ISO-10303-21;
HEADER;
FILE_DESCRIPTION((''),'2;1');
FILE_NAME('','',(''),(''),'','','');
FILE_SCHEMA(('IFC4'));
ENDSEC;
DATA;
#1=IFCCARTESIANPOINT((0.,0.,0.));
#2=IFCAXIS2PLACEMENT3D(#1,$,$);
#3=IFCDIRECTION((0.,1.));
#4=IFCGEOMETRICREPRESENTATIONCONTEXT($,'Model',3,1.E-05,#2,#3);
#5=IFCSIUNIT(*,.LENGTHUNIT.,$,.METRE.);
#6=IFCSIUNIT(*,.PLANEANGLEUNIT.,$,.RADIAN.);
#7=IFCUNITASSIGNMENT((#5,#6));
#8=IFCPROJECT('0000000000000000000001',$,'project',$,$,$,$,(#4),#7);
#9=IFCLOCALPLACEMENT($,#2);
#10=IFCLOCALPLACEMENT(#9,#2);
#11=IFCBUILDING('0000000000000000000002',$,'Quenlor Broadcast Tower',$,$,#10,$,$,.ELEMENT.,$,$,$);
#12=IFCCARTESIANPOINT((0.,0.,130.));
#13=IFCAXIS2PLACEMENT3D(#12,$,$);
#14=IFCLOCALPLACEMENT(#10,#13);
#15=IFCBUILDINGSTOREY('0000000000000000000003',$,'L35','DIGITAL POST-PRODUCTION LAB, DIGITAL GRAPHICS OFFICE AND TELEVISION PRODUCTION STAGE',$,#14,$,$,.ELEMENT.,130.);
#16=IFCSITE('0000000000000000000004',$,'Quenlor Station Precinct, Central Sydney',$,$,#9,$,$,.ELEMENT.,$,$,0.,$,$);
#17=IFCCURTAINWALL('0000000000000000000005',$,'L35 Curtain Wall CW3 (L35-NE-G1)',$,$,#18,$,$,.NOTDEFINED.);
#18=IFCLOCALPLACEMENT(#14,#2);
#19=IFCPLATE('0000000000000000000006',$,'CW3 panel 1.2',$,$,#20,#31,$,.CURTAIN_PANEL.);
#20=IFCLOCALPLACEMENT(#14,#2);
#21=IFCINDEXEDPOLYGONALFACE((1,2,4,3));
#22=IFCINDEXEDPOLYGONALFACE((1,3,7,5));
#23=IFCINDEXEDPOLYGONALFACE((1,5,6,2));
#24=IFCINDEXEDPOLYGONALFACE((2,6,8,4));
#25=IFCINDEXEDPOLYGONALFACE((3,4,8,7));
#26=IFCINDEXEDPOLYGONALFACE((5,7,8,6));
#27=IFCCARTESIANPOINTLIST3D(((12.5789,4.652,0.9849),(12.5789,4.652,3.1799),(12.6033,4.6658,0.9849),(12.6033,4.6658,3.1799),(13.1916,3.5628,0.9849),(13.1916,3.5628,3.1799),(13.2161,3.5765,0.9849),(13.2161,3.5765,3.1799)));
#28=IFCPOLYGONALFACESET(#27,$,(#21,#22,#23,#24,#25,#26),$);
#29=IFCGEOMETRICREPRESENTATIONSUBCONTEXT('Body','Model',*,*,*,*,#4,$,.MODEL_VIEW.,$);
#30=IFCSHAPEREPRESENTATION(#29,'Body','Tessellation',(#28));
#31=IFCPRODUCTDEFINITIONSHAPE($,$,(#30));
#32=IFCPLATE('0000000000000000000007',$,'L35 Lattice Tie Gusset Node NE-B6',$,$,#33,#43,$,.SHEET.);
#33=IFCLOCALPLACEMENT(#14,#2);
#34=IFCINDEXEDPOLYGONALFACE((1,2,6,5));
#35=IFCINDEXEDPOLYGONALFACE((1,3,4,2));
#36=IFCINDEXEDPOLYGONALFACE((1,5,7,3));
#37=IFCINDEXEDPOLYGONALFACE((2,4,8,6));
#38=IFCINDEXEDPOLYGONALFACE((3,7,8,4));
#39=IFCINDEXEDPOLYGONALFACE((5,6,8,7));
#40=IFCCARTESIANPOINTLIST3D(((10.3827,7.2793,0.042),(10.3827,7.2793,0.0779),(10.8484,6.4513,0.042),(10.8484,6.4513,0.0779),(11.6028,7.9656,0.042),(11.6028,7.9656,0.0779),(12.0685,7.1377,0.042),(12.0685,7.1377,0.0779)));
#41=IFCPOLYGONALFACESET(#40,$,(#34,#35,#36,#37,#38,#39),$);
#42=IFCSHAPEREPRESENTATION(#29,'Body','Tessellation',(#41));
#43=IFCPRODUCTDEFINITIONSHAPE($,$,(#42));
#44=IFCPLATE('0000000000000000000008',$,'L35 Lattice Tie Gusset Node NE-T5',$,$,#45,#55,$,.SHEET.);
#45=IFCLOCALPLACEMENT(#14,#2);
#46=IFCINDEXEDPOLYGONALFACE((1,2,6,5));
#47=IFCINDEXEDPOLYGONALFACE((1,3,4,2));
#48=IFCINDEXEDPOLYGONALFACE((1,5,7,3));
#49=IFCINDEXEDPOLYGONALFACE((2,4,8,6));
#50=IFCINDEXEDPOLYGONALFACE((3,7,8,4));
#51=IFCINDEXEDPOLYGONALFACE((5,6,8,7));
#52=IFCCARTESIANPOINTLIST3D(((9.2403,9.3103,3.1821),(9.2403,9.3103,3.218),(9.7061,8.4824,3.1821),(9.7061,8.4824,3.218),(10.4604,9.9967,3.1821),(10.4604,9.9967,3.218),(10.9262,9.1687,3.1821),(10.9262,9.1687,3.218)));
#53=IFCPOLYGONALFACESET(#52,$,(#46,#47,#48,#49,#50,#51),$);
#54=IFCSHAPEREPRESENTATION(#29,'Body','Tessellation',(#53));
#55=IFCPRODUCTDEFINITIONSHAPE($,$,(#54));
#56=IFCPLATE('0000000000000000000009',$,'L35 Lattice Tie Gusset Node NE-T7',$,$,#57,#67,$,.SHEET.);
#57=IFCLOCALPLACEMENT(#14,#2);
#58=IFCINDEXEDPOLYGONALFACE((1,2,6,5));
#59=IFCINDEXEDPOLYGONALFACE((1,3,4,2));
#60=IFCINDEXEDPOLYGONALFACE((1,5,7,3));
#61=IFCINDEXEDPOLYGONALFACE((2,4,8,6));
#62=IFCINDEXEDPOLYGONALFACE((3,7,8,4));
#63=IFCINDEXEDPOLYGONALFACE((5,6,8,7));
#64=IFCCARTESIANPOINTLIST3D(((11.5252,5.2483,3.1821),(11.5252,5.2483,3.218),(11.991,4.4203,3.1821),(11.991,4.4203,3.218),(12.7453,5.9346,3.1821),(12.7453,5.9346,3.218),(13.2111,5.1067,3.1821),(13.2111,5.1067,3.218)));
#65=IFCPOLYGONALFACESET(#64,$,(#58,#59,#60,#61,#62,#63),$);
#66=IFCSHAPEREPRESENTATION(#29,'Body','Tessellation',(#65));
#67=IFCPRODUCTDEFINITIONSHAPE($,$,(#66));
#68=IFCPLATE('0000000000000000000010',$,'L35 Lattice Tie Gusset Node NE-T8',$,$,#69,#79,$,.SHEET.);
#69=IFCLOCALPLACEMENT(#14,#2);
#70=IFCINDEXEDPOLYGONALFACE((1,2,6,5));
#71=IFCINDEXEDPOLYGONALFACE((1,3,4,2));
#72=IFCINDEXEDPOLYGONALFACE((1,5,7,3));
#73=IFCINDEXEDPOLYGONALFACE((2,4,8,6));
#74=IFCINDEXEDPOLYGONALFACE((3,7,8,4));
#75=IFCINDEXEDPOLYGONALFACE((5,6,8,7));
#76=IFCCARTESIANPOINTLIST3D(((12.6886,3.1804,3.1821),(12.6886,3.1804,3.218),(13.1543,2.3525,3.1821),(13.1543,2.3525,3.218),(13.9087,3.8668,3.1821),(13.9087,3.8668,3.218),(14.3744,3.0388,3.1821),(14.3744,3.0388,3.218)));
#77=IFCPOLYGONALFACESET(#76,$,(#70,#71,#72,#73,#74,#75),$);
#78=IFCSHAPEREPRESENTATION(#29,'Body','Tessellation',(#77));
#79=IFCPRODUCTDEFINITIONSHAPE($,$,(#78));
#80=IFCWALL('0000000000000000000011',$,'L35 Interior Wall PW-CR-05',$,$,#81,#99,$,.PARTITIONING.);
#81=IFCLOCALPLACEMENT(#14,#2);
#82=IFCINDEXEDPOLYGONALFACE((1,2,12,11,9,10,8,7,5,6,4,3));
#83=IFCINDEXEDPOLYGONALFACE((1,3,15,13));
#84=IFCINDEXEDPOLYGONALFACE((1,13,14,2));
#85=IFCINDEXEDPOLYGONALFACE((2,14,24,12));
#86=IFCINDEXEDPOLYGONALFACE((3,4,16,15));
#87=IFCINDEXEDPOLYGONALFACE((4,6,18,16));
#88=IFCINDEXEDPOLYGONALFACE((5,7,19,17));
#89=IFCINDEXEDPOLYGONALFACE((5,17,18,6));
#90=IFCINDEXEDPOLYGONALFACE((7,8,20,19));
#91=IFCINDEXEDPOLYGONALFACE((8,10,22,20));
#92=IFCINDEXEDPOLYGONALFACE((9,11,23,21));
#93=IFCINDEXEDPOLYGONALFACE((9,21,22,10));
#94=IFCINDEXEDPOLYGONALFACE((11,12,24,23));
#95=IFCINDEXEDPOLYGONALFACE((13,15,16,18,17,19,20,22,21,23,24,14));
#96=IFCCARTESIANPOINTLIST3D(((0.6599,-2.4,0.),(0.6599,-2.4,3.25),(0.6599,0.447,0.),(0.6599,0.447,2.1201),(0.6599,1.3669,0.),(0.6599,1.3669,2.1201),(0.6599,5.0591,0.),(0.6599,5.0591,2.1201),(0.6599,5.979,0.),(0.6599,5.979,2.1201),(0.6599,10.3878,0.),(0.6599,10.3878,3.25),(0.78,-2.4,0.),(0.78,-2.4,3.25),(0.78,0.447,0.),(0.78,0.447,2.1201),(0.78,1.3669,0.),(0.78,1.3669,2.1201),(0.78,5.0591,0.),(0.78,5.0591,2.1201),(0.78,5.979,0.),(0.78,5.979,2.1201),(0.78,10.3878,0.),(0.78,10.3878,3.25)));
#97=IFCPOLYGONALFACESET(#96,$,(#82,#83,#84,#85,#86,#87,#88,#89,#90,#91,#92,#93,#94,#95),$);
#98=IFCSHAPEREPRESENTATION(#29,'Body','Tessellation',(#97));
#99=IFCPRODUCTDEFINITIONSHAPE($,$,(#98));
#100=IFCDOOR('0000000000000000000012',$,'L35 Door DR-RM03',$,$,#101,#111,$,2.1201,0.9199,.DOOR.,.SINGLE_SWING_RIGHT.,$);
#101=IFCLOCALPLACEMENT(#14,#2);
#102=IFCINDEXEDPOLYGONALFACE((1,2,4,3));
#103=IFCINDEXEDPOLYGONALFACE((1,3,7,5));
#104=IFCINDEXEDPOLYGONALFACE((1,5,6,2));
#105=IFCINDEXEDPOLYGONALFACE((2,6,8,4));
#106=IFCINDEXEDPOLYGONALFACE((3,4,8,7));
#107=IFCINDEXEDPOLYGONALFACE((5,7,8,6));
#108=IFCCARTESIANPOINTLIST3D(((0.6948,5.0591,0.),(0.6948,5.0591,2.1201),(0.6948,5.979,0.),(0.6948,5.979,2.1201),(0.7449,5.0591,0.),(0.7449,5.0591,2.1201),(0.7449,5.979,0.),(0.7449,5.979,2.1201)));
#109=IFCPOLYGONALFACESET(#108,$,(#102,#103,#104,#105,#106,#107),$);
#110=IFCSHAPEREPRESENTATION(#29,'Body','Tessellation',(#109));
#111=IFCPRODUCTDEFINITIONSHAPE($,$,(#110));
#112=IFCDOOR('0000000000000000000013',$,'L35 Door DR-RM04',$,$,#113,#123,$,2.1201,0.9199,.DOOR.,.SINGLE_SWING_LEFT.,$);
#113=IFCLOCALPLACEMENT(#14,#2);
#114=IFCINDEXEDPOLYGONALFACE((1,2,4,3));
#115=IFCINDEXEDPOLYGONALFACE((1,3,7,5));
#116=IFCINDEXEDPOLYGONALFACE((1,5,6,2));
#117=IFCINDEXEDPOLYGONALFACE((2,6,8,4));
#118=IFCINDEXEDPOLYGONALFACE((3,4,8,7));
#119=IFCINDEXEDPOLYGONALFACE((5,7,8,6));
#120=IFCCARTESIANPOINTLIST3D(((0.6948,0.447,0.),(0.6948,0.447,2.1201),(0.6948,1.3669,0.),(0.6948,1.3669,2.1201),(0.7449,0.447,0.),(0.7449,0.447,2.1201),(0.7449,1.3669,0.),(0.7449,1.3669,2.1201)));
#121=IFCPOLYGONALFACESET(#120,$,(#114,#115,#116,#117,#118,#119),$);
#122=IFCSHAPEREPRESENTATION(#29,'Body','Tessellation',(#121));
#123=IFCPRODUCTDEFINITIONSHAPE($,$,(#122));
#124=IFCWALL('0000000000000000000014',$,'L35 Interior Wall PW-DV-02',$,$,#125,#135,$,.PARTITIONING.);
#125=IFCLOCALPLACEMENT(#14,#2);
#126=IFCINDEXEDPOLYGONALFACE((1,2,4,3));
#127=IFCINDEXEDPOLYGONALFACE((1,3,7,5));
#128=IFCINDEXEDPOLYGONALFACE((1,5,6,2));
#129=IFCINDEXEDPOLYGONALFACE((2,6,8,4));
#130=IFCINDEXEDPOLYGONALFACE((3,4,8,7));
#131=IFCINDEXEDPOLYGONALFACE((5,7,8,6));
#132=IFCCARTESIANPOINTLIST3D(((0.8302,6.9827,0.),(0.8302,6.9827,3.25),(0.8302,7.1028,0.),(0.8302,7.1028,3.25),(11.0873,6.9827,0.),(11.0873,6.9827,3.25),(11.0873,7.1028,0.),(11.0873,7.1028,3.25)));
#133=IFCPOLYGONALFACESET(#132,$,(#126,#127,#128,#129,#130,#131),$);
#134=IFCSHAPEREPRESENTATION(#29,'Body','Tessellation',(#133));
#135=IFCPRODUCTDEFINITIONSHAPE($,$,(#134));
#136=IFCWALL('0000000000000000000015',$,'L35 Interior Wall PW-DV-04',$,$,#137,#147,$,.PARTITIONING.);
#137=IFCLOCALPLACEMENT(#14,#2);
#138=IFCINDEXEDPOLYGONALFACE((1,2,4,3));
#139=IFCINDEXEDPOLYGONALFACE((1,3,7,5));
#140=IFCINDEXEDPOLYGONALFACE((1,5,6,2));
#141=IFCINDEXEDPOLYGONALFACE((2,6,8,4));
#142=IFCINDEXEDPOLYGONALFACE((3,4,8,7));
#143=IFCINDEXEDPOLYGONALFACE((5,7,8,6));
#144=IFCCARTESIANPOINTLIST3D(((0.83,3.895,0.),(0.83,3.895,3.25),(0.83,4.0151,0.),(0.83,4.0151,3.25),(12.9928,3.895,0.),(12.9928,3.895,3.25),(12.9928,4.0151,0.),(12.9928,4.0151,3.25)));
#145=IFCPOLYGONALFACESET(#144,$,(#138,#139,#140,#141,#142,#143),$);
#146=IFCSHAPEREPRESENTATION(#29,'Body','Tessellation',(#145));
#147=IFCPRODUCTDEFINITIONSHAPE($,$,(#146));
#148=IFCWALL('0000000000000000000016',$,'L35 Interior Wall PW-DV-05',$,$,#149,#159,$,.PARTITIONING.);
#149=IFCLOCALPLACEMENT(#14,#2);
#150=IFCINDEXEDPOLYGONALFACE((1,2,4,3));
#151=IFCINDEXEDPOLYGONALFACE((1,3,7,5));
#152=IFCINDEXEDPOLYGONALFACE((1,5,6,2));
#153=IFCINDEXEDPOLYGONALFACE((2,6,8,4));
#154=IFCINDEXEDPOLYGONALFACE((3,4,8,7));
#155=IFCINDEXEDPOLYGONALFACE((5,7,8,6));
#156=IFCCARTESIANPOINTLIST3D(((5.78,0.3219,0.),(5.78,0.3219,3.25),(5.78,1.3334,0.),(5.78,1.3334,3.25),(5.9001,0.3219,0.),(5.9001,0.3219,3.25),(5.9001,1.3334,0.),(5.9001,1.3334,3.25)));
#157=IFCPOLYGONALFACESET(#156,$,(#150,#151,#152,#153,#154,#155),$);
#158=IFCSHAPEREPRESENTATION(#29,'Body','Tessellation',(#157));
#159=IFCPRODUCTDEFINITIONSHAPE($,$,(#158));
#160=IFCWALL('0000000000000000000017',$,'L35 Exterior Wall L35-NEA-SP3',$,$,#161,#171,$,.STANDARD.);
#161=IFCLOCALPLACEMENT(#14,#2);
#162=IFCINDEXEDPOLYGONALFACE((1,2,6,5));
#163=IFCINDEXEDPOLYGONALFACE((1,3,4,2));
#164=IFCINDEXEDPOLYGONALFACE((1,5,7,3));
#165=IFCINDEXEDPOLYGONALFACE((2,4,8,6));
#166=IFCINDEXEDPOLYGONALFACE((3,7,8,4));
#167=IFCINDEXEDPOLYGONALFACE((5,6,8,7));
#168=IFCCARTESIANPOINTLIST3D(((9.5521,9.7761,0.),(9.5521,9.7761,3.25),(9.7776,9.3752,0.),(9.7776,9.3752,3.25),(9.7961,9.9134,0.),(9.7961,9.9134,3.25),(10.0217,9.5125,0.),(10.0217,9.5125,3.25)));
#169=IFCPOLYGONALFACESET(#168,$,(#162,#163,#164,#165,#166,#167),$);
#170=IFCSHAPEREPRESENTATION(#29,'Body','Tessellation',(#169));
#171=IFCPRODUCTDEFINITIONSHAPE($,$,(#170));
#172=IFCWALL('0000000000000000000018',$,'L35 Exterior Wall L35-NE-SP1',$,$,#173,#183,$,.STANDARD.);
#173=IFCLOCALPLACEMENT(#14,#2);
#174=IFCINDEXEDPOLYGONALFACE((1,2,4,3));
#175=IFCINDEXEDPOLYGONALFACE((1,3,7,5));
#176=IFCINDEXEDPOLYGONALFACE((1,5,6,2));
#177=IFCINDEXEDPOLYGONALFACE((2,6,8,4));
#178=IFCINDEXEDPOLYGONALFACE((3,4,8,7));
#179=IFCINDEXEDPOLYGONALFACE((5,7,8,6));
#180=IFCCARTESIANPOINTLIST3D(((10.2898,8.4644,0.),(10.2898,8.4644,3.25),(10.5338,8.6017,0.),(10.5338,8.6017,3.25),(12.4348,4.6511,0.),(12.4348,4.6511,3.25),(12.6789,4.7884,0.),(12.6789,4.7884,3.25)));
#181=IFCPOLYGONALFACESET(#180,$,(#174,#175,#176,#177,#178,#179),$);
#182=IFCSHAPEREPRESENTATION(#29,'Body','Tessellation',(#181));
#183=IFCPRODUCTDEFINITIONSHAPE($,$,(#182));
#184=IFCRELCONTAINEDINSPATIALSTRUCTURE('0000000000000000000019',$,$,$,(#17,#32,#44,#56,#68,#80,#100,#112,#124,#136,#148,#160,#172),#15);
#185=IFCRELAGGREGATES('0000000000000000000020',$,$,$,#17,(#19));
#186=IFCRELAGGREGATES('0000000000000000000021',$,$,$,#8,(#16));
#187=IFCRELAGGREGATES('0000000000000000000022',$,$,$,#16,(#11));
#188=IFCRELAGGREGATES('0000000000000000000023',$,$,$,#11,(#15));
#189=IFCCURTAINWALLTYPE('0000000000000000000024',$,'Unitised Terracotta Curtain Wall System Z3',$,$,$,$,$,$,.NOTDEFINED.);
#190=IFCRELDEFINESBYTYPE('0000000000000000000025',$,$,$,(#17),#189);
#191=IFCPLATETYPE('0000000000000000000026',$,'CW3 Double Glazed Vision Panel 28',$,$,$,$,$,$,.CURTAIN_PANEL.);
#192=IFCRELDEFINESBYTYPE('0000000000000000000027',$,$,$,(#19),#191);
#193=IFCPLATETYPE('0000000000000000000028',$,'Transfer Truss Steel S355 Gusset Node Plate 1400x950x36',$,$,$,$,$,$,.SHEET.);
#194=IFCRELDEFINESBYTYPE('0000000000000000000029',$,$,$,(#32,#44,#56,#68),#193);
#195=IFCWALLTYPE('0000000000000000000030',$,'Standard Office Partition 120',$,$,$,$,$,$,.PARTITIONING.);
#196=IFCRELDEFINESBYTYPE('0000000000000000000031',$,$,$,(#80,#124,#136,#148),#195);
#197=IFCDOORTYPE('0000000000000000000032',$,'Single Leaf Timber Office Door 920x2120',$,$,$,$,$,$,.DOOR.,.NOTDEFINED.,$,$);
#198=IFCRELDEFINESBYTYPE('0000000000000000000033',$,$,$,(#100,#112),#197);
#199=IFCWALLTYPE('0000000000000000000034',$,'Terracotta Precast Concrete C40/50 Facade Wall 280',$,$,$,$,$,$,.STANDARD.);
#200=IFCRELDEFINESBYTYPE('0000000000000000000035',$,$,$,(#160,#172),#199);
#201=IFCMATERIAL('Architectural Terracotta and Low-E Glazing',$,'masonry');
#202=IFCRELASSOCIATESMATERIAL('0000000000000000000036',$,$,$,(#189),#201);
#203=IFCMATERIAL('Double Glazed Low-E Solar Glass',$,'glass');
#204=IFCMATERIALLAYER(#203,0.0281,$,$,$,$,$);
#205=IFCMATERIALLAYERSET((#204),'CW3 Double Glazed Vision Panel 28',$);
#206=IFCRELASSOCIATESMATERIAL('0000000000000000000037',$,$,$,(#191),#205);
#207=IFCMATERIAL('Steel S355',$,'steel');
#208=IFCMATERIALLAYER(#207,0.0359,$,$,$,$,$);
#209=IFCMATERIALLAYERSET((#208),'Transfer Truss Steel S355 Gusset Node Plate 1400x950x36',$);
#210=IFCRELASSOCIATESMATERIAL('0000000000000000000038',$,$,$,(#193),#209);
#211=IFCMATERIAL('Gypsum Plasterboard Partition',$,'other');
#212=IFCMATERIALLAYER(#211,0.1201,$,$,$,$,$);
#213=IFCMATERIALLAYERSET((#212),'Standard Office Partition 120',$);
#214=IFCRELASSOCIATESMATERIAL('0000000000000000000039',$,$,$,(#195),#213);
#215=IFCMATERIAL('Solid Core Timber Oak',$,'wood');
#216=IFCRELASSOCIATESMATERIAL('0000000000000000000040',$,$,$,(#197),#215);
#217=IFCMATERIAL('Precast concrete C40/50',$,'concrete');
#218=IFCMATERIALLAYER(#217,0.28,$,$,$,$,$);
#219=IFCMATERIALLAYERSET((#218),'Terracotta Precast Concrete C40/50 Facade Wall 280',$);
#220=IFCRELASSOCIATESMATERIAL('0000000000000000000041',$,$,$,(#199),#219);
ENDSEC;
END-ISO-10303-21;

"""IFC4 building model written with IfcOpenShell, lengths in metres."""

from ifc_helpers import new_model, si_unit, direction, frame, frame_2d, origin, origin_2d, place, context, subcontext, project, spatial, rectangle, extrude, material, layer, layer_set, type_object, element, fill, aggregate, save


model = new_model("IFC4")

# Units and contexts
model_context = context("Model", 3, precision=1e-05, world=origin(), true_north=direction((0.0, 1.0)))
body_context = subcontext(model_context, "Body", "Model", "MODEL_VIEW")
ifc_project = project(units=[si_unit("LENGTHUNIT", "METRE"), si_unit("PLANEANGLEUNIT", "RADIAN")], contexts=[model_context])

# Site, building, storey
site_placement = place(None, origin())
site = spatial("IfcSite", under=ifc_project, at=site_placement, Name="Quenlor Station Precinct, Central Sydney", CompositionType="ELEMENT", RefElevation=0.0)
building_placement = place(site_placement, origin())
building = spatial("IfcBuilding", under=site, at=building_placement, Name="Quenlor Broadcast Tower", CompositionType="ELEMENT")
storey_placement = place(building_placement, frame((0.0, 0.0, 130.0)))
storey = spatial("IfcBuildingStorey", under=building, at=storey_placement, Name="L35", Description="DIGITAL POST-PRODUCTION LAB, DIGITAL GRAPHICS OFFICE AND TELEVISION PRODUCTION STAGE", CompositionType="ELEMENT", Elevation=130.0)

# Shared definitions
ifc_material_1 = material(Name="Architectural Terracotta and Low-E Glazing", Category="masonry")
curtain_wall_type = type_object("IfcCurtainWallType", Name="Unitised Terracotta Curtain Wall System Z3", PredefinedType="NOTDEFINED", material=ifc_material_1)

# Curtain wall
curtain_wall_1_placement = place(storey_placement, origin())
curtain_wall_1 = element("IfcCurtainWall", 1, at=curtain_wall_1_placement, inside=storey, type_object=curtain_wall_type, Name="L35 Curtain Wall CW3 (L35-NE-G1)", PredefinedType="NOTDEFINED")

# Plate
ifc_material_2 = material(Name="Double Glazed Low-E Solar Glass", Category="glass")
ifc_layer_1 = layer(ifc_material_2, 0.0281)
ifc_layer_set_1 = layer_set([ifc_layer_1], Name="CW3 Double Glazed Vision Panel 28")
plate_type_1 = type_object("IfcPlateType", Name="CW3 Double Glazed Vision Panel 28", PredefinedType="CURTAIN_PANEL", material=ifc_layer_set_1)
plate_1_placement = place(storey_placement, frame((12.8975, 4.1143, 0.9849), z_axis=(0.0, 0.0, 1.0), x_axis=(0.490285, -0.871562, 0.0)))
plate_1 = element("IfcPlate", 2, at=plate_1_placement, type_object=plate_type_1, Name="CW3 panel 1.2", PredefinedType="CURTAIN_PANEL", context=body_context, shape_type="SweptSolid", body=[
    extrude(rectangle(XDim=1.2498, YDim=0.0281, at=origin_2d()), origin(), (0.0, 0.0, 1.0), 2.1951),
])
aggregate(curtain_wall_1, [plate_1])

# Plates
ifc_material_3 = material(Name="Steel S355", Category="steel")
ifc_layer_2 = layer(ifc_material_3, 0.0359)
ifc_layer_set_2 = layer_set([ifc_layer_2], Name="Transfer Truss Steel S355 Gusset Node Plate 1400x950x36")
plate_type_2 = type_object("IfcPlateType", Name="Transfer Truss Steel S355 Gusset Node Plate 1400x950x36", PredefinedType="SHEET", material=ifc_layer_set_2)
for number, where, z_axis, x_axis, name in (
    (3, (11.2256, 7.2085, 0.042), (0.0, 0.0, 1.0), (0.871556, 0.490295, 0.0), "L35 Lattice Tie Gusset Node NE-B6"),
    (4, (10.0833, 9.2395, 3.1821), (0.0, 0.0, 1.0), (0.871556, 0.490295, 0.0), "L35 Lattice Tie Gusset Node NE-T5"),
    (5, (12.3682, 5.1775, 3.1821), (0.0, 0.0, 1.0), (0.871556, 0.490295, 0.0), "L35 Lattice Tie Gusset Node NE-T7"),
    (6, (13.5315, 3.1096, 3.1821), (0.0, 0.0, 1.0), (0.871556, 0.490295, 0.0), "L35 Lattice Tie Gusset Node NE-T8"),
):
    element("IfcPlate", number, at=place(storey_placement, frame(where, z_axis=z_axis, x_axis=x_axis)), inside=storey, type_object=plate_type_2, Name=name, PredefinedType="SHEET", context=body_context, shape_type="SweptSolid", body=[
        extrude(rectangle(XDim=1.3999, YDim=0.95, at=origin_2d()), origin(), (0.0, 0.0, 1.0), 0.0359),
    ])

# Wall, openings, doors
ifc_material_4 = material(Name="Gypsum Plasterboard Partition", Category="other")
ifc_layer_3 = layer(ifc_material_4, 0.1201)
ifc_layer_set_3 = layer_set([ifc_layer_3], Name="Standard Office Partition 120")
wall_type_1 = type_object("IfcWallType", Name="Standard Office Partition 120", PredefinedType="PARTITIONING", material=ifc_layer_set_3)
wall_1_placement = place(storey_placement, frame((0.72, 10.3879, 0.0), z_axis=(0.0, 0.0, 1.0), x_axis=(0.0, -1.0, 0.0)))
wall_1 = element("IfcWall", 7, at=wall_1_placement, inside=storey, type_object=wall_type_1, Name="L35 Interior Wall PW-CR-05", PredefinedType="PARTITIONING", context=body_context, shape_type="SweptSolid", body=[
    extrude(rectangle(XDim=12.7878, YDim=0.1201, at=frame_2d((6.394, 0.0))), origin(), (0.0, 0.0, 1.0), 3.25),
])
opening_1_placement = place(wall_1_placement, frame((4.4089, 0.0, 0.0)))
opening_1 = element("IfcOpeningElement", 8, at=opening_1_placement, cuts=wall_1, PredefinedType="OPENING", context=body_context, shape_type="SweptSolid", body=[
    extrude(rectangle(XDim=0.9199, YDim=2.1201, at=frame_2d((0.46, 1.0601))), frame((0.0, 0.0701, 0.0), z_axis=(0.0, -1.0, 0.0), x_axis=(1.0, 0.0, 0.0)), (0.0, 0.0, 1.0), 0.1401),
])
opening_2_placement = place(wall_1_placement, frame((9.021, 0.0, 0.0)))
opening_2 = element("IfcOpeningElement", 9, at=opening_2_placement, cuts=wall_1, PredefinedType="OPENING", context=body_context, shape_type="SweptSolid", body=[
    extrude(rectangle(XDim=0.9199, YDim=2.1201, at=frame_2d((0.46, 1.0601))), frame((0.0, 0.0701, 0.0), z_axis=(0.0, -1.0, 0.0), x_axis=(1.0, 0.0, 0.0)), (0.0, 0.0, 1.0), 0.1401),
])
ifc_material_5 = material(Name="Solid Core Timber Oak", Category="wood")
door_type = type_object("IfcDoorType", Name="Single Leaf Timber Office Door 920x2120", OperationType="NOTDEFINED", PredefinedType="DOOR", material=ifc_material_5)
door_1_placement = place(opening_1_placement, origin())
door_1 = element("IfcDoor", 10, at=door_1_placement, inside=storey, type_object=door_type, Name="L35 Door DR-RM03", OperationType="SINGLE_SWING_RIGHT", OverallHeight=2.1201, OverallWidth=0.9199, PredefinedType="DOOR", context=body_context, shape_type="SweptSolid", body=[
    extrude(rectangle(XDim=0.9199, YDim=2.1201, at=frame_2d((0.46, 1.0601))), frame((0.0, 0.0249, 0.0), z_axis=(0.0, -1.0, 0.0), x_axis=(1.0, 0.0, 0.0)), (0.0, 0.0, 1.0), 0.05),
])
fill(opening_1, door_1)
door_2_placement = place(opening_2_placement, origin())
door_2 = element("IfcDoor", 11, at=door_2_placement, inside=storey, type_object=door_type, Name="L35 Door DR-RM04", OperationType="SINGLE_SWING_LEFT", OverallHeight=2.1201, OverallWidth=0.9199, PredefinedType="DOOR", context=body_context, shape_type="SweptSolid", body=[
    extrude(rectangle(XDim=0.9199, YDim=2.1201, at=frame_2d((0.46, 1.0601))), frame((0.0, 0.0249, 0.0), z_axis=(0.0, -1.0, 0.0), x_axis=(1.0, 0.0, 0.0)), (0.0, 0.0, 1.0), 0.05),
])
fill(opening_2, door_2)

# Walls
wall_2_placement = place(storey_placement, frame((11.0872, 7.0427, 0.0), z_axis=(0.0, 0.0, 1.0), x_axis=(-1.0, 0.0, 0.0)))
element("IfcWall", 12, at=wall_2_placement, inside=storey, type_object=wall_type_1, Name="L35 Interior Wall PW-DV-02", PredefinedType="PARTITIONING", context=body_context, shape_type="SweptSolid", body=[
    extrude(rectangle(XDim=10.2571, YDim=0.1201, at=frame_2d((5.1284, 0.0))), origin(), (0.0, 0.0, 1.0), 3.25),
])
wall_3_placement = place(storey_placement, frame((12.9929, 3.9551, 0.0), z_axis=(0.0, 0.0, 1.0), x_axis=(-1.0, 0.0, 0.0)))
element("IfcWall", 13, at=wall_3_placement, inside=storey, type_object=wall_type_1, Name="L35 Interior Wall PW-DV-04", PredefinedType="PARTITIONING", context=body_context, shape_type="SweptSolid", body=[
    extrude(rectangle(XDim=12.1628, YDim=0.1201, at=frame_2d((6.0815, 0.0))), origin(), (0.0, 0.0, 1.0), 3.25),
])
wall_4_placement = place(storey_placement, frame((5.8401, 1.3335, 0.0), z_axis=(0.0, 0.0, 1.0), x_axis=(0.0, -1.0, 0.0)))
element("IfcWall", 14, at=wall_4_placement, inside=storey, type_object=wall_type_1, Name="L35 Interior Wall PW-DV-05", PredefinedType="PARTITIONING", context=body_context, shape_type="SweptSolid", body=[
    extrude(rectangle(XDim=1.0115, YDim=0.1201, at=frame_2d((0.5059, 0.0))), origin(), (0.0, 0.0, 1.0), 3.25),
])
ifc_material_6 = material(Name="Precast concrete C40/50", Category="concrete")
ifc_layer_4 = layer(ifc_material_6, 0.28)
ifc_layer_set_4 = layer_set([ifc_layer_4], Name="Terracotta Precast Concrete C40/50 Facade Wall 280")
wall_type_2 = type_object("IfcWallType", Name="Terracotta Precast Concrete C40/50 Facade Wall 280", PredefinedType="STANDARD", material=ifc_layer_set_4)
wall_5_placement = place(storey_placement, frame((9.6741, 9.8447, 0.0), z_axis=(0.0, 0.0, 1.0), x_axis=(0.490412, -0.87149, 0.0)))
element("IfcWall", 15, at=wall_5_placement, inside=storey, type_object=wall_type_2, Name="L35 Exterior Wall L35-NEA-SP3", PredefinedType="STANDARD", context=body_context, shape_type="SweptSolid", body=[
    extrude(rectangle(XDim=0.46, YDim=0.28, at=frame_2d((0.23, 0.0))), origin(), (0.0, 0.0, 1.0), 3.25),
])
wall_6_placement = place(storey_placement, frame((10.4119, 8.533, 0.0), z_axis=(0.0, 0.0, 1.0), x_axis=(0.490274, -0.871568, 0.0)))
element("IfcWall", 16, at=wall_6_placement, inside=storey, type_object=wall_type_2, Name="L35 Exterior Wall L35-NE-SP1", PredefinedType="STANDARD", context=body_context, shape_type="SweptSolid", body=[
    extrude(rectangle(XDim=4.3752, YDim=0.28, at=frame_2d((2.1875, 0.0))), origin(), (0.0, 0.0, 1.0), 3.25),
])

save(model, "model.ifc")
